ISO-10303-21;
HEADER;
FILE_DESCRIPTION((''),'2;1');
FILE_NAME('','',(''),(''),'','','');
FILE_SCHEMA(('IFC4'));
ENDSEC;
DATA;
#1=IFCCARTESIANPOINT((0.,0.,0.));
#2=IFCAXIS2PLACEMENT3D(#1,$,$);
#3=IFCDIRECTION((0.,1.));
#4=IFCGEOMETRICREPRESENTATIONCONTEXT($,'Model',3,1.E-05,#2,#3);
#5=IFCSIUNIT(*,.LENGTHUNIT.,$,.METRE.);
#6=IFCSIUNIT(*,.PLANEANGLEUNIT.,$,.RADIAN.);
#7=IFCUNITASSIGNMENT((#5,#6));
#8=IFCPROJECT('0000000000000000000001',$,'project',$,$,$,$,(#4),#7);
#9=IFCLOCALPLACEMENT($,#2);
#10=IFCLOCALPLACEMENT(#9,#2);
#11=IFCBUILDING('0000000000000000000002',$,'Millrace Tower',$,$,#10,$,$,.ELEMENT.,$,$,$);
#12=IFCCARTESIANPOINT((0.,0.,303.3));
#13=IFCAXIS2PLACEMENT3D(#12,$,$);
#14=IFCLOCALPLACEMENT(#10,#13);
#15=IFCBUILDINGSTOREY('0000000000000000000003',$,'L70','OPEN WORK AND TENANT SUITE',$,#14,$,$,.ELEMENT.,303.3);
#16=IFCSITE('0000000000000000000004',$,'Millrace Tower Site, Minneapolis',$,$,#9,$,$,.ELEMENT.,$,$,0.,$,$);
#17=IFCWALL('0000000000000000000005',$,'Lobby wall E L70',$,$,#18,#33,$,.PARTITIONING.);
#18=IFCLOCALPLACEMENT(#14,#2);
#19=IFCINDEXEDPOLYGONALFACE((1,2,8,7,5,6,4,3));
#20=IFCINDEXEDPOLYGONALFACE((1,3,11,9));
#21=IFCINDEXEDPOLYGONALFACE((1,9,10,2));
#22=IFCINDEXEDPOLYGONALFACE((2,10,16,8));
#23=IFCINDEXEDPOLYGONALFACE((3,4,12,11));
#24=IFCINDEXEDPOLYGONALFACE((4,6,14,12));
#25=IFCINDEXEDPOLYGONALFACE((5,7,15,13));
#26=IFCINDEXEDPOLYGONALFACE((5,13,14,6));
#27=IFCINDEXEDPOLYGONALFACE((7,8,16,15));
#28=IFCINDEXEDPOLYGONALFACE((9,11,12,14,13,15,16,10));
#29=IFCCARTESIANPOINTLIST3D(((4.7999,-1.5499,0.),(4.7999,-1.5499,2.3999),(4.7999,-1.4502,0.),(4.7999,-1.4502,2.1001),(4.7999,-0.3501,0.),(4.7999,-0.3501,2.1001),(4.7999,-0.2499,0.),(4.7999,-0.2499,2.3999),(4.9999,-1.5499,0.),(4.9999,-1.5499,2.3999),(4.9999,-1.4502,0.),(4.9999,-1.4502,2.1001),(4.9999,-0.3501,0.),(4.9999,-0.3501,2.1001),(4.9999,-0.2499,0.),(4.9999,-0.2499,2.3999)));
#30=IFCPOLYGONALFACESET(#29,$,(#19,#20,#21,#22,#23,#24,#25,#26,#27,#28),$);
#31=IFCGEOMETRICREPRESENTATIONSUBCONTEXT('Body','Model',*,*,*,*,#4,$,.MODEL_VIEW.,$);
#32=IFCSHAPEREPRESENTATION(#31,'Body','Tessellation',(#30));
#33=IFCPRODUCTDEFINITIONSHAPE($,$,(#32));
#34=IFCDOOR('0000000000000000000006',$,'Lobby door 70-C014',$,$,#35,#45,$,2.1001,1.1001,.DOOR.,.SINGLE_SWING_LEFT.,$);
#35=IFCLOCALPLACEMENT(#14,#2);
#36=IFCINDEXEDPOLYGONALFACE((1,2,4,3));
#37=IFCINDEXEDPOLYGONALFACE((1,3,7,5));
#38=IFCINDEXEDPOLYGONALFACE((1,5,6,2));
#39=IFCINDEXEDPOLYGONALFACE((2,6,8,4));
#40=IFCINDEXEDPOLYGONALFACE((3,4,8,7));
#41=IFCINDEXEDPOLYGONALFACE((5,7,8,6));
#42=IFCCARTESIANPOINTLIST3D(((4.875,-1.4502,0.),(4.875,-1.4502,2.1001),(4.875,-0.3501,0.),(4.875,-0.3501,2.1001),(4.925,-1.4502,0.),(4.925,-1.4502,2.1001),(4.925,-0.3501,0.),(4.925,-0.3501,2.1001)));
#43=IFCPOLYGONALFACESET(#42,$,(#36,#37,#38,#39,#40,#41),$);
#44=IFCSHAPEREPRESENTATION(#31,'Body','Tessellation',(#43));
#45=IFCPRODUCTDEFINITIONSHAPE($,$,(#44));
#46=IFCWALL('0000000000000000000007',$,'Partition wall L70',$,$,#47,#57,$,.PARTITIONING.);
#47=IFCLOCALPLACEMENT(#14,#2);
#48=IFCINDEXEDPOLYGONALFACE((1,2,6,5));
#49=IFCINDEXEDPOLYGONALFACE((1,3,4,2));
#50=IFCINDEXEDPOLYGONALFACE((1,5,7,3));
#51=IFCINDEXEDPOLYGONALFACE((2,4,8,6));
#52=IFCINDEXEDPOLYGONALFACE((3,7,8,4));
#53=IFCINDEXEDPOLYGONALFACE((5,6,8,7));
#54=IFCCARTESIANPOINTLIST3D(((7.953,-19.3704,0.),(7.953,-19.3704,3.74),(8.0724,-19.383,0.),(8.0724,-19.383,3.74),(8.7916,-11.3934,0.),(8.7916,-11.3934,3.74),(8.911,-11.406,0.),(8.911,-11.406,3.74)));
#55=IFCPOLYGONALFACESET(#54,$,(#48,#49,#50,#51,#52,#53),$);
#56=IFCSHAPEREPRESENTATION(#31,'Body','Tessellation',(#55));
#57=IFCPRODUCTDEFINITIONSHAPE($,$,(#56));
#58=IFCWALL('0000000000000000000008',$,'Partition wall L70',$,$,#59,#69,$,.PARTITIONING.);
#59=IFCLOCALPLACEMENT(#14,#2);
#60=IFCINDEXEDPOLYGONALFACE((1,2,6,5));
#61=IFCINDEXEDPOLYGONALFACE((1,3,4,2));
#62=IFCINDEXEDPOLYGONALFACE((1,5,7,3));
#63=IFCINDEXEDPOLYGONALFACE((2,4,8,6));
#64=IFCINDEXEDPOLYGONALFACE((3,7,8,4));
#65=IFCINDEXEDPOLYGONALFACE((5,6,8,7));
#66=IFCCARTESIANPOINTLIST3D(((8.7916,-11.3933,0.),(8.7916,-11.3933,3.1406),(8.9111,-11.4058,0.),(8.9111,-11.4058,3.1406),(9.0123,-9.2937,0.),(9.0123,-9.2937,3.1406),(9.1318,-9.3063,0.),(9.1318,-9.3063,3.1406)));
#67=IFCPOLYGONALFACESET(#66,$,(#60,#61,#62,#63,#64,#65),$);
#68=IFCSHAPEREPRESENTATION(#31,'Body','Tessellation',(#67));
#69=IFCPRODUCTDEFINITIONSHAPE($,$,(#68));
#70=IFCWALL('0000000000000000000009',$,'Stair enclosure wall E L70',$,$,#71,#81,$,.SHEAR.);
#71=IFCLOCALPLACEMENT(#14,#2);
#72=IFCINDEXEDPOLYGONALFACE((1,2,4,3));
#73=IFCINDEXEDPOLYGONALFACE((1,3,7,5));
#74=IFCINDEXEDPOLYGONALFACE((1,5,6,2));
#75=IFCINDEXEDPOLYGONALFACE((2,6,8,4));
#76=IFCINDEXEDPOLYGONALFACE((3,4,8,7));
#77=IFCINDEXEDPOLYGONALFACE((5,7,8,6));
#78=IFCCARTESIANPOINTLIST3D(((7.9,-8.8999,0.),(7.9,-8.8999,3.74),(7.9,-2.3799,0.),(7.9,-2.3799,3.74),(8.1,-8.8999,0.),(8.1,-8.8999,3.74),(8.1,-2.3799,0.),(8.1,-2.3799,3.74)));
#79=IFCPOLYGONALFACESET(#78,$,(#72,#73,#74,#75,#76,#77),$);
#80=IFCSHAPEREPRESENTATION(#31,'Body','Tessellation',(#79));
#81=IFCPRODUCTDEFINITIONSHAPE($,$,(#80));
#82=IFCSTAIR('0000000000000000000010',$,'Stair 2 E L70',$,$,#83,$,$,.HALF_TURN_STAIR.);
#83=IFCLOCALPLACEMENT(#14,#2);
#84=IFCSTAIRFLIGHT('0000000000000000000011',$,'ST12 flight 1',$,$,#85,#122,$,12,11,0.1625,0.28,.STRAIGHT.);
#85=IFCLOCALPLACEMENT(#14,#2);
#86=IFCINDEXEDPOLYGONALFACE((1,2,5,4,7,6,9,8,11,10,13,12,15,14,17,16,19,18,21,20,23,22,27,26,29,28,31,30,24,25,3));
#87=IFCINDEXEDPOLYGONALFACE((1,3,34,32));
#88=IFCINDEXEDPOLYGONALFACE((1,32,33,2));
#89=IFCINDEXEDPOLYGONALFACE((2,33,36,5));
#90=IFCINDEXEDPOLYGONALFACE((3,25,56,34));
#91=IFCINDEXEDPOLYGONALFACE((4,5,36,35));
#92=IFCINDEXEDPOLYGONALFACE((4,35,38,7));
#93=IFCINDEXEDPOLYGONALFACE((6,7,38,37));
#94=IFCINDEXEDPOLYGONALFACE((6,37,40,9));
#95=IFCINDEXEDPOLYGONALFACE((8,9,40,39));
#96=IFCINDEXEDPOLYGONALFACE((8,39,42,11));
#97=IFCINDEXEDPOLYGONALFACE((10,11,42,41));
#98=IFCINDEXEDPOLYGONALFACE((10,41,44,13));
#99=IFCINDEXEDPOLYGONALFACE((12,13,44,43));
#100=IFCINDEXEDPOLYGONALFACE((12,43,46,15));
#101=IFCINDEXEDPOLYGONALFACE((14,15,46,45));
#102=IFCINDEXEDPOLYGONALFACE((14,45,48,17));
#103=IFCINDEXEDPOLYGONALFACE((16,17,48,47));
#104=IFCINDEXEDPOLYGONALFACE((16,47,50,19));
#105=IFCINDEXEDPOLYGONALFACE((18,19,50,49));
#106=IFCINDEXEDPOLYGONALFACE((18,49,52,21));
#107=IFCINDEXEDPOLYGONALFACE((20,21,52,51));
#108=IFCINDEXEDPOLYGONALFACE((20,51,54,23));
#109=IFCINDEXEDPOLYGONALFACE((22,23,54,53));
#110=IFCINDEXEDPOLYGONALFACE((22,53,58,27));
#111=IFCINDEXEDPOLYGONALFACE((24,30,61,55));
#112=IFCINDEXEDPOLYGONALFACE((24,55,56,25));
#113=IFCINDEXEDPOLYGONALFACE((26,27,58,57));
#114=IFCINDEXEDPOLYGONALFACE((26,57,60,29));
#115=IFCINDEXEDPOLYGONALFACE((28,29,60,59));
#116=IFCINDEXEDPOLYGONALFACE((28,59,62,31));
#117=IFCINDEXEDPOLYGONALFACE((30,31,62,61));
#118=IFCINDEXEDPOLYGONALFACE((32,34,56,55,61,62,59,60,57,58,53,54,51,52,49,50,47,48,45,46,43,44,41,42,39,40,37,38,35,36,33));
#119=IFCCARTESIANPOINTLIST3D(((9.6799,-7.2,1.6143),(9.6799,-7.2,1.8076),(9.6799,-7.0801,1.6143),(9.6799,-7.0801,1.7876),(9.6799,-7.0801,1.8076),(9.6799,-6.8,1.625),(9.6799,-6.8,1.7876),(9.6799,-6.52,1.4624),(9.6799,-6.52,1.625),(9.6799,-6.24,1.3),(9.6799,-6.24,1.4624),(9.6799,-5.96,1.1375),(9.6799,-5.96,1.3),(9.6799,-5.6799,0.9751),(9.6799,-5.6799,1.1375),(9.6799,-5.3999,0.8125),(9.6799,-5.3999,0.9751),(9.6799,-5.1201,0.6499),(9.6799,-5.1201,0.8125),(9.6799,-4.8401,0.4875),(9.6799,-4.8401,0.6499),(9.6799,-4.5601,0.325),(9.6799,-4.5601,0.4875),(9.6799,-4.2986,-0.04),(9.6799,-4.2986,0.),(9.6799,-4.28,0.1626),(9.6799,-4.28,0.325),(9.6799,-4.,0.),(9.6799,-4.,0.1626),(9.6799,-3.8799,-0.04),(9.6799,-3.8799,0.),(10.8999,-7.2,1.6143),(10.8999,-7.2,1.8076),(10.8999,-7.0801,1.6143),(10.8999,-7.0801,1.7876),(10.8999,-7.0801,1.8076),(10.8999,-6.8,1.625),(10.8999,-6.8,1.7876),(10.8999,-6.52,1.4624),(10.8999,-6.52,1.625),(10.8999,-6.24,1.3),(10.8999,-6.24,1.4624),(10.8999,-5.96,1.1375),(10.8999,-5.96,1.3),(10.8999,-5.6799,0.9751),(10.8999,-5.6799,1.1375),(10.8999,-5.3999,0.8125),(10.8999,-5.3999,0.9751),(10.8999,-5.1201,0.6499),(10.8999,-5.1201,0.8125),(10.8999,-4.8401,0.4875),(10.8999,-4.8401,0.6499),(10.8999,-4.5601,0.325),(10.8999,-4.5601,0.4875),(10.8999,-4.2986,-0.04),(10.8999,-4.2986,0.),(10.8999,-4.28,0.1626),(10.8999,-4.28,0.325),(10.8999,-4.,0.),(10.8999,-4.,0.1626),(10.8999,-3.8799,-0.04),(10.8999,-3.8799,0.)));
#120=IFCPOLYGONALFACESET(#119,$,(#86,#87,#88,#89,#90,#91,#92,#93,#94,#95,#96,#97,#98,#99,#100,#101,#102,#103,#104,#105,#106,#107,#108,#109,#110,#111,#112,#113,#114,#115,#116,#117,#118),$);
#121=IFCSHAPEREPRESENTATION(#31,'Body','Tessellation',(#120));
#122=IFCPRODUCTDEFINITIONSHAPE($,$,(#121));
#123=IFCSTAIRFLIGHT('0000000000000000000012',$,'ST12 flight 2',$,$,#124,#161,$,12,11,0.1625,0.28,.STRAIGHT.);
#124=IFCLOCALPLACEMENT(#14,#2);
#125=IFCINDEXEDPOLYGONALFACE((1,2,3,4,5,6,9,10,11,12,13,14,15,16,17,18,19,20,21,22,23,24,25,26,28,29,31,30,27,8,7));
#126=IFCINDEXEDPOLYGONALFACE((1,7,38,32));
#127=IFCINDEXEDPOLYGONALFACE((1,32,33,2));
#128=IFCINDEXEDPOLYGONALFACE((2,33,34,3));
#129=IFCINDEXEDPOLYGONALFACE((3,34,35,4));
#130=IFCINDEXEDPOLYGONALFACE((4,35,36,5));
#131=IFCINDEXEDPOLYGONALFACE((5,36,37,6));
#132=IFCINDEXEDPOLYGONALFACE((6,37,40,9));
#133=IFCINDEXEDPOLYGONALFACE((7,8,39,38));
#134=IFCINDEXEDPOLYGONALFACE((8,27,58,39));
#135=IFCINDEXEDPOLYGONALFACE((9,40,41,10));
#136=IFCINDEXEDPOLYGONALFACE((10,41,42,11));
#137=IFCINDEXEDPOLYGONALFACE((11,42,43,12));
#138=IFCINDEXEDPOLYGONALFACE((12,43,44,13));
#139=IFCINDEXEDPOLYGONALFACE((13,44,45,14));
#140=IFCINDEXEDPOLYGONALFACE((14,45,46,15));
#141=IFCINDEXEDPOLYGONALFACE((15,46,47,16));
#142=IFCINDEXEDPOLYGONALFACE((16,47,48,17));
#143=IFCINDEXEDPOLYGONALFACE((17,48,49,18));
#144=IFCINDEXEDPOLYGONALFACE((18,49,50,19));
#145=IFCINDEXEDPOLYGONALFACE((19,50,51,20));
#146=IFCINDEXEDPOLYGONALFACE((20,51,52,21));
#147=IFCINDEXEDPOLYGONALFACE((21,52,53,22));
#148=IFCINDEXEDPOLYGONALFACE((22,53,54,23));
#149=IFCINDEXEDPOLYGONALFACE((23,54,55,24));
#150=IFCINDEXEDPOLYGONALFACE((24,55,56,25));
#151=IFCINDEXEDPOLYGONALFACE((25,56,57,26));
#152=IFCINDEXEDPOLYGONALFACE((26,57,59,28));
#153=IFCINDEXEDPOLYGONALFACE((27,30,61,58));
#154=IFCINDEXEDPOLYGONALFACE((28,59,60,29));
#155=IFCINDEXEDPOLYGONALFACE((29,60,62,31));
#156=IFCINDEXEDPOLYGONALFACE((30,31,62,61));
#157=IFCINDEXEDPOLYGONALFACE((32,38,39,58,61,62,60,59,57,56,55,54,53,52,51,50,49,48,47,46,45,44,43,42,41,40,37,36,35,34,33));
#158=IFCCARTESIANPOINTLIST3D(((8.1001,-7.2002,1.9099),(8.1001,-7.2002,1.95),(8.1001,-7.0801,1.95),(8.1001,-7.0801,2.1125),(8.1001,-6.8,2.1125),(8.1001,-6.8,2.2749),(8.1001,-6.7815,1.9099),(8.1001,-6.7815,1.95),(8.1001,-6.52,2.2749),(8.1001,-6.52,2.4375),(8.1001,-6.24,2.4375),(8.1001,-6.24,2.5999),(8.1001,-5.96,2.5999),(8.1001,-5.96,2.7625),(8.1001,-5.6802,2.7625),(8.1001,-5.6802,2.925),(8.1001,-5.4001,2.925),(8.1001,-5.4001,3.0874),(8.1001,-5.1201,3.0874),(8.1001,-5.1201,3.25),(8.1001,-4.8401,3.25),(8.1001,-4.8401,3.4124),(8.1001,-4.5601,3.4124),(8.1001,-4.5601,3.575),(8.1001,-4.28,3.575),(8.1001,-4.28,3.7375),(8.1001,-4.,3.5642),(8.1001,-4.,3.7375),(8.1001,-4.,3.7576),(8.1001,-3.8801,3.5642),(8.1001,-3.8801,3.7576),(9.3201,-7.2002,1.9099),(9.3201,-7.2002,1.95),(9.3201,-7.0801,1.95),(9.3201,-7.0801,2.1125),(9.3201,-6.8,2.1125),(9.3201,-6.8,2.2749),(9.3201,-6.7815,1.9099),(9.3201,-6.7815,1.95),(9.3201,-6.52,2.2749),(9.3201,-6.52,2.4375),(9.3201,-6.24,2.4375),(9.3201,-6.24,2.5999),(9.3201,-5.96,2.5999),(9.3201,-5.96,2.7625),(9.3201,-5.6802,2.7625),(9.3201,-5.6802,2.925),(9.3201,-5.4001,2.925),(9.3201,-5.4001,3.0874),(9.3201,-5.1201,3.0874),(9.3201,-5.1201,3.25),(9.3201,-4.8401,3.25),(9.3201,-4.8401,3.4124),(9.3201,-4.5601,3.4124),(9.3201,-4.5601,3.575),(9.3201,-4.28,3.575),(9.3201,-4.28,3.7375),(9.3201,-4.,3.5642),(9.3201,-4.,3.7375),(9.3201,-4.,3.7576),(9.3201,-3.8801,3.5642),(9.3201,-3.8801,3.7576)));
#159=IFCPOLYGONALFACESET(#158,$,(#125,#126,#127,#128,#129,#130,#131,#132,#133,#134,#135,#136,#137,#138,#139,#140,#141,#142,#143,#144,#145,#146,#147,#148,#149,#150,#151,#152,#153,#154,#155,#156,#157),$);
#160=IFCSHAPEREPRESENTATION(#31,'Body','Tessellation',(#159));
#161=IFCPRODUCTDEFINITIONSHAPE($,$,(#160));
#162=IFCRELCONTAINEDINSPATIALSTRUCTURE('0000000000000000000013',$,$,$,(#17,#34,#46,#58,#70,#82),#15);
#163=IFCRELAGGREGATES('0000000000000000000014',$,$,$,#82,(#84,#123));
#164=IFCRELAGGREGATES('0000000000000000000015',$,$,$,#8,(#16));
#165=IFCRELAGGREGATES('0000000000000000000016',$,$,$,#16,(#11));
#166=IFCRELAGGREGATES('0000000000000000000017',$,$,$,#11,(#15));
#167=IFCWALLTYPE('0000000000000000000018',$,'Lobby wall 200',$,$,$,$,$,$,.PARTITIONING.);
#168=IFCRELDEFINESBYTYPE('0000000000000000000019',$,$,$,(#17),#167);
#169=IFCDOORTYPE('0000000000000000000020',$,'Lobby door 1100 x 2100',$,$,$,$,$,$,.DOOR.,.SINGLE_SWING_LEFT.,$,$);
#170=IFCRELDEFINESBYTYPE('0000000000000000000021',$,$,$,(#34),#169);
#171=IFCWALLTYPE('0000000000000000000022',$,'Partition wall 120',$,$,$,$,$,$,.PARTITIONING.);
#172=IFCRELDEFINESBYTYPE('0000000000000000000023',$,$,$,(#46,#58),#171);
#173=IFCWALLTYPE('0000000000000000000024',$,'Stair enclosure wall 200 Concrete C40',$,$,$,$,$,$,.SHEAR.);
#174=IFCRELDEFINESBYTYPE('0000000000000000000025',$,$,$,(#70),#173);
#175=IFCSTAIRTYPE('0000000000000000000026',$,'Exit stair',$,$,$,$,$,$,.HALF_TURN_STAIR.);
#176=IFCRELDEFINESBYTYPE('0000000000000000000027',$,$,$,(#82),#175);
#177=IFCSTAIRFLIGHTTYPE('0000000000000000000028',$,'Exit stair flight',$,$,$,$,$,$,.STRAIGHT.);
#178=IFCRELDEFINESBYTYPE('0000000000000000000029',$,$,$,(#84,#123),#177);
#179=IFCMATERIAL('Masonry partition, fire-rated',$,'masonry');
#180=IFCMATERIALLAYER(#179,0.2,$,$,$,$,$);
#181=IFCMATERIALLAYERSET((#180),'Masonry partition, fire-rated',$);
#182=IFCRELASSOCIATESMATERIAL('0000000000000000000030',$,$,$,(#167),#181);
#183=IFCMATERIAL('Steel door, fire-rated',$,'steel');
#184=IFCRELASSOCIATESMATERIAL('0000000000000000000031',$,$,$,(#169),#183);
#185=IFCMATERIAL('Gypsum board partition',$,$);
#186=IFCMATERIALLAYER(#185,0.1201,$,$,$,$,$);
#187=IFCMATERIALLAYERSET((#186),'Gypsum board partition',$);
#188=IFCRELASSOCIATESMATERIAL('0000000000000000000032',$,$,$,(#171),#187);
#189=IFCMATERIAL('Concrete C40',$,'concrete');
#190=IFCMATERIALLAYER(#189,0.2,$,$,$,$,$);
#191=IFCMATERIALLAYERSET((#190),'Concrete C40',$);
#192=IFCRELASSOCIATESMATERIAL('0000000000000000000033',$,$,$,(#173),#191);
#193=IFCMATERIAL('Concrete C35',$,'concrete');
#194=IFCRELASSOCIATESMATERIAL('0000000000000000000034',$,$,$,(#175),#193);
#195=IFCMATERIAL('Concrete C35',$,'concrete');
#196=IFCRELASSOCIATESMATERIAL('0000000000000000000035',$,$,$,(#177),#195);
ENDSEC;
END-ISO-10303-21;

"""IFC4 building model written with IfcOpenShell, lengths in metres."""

from ifc_helpers import new_model, si_unit, direction, frame, frame_2d, origin, place, context, subcontext, project, spatial, polyline, rectangle, outline, extrude, material, layer, layer_set, type_object, element, fill, aggregate, save


model = new_model("IFC4")

# Units and contexts
model_context = context("Model", 3, precision=1e-05, world=origin(), true_north=direction((0.0, 1.0)))
body_context = subcontext(model_context, "Body", "Model", "MODEL_VIEW")
ifc_project = project(units=[si_unit("LENGTHUNIT", "METRE"), si_unit("PLANEANGLEUNIT", "RADIAN")], contexts=[model_context])

# Site, building, storey
site_placement = place(None, origin())
site = spatial("IfcSite", under=ifc_project, at=site_placement, Name="Millrace Tower Site, Minneapolis", CompositionType="ELEMENT", RefElevation=0.0)
building_placement = place(site_placement, origin())
building = spatial("IfcBuilding", under=site, at=building_placement, Name="Millrace Tower", CompositionType="ELEMENT")
storey_placement = place(building_placement, frame((0.0, 0.0, 303.3)))
storey = spatial("IfcBuildingStorey", under=building, at=storey_placement, Name="L70", Description="OPEN WORK AND TENANT SUITE", CompositionType="ELEMENT", Elevation=303.3)

# Shared definitions
placement = place(storey_placement, origin())

# Wall, opening, door
ifc_material_1 = material(Name="Masonry partition, fire-rated", Category="masonry")
ifc_layer_1 = layer(ifc_material_1, 0.2)
ifc_layer_set_1 = layer_set([ifc_layer_1], Name="Masonry partition, fire-rated")
wall_type_1 = type_object("IfcWallType", Name="Lobby wall 200", PredefinedType="PARTITIONING", material=ifc_layer_set_1)
wall_1_placement = place(storey_placement, frame((4.8999, -0.25, 0.0), z_axis=(0.0, 0.0, 1.0), x_axis=(0.0, -1.0, 0.0)))
wall_1 = element("IfcWall", 1, at=wall_1_placement, inside=storey, type_object=wall_type_1, Name="Lobby wall E L70", PredefinedType="PARTITIONING", context=body_context, shape_type="SweptSolid", body=[
    extrude(rectangle(XDim=1.3, YDim=0.2, at=frame_2d((0.6499, 0.0))), origin(), (0.0, 0.0, 1.0), 2.3999),
])
opening_placement = place(wall_1_placement, frame((0.1001, 0.0, 0.0)))
opening = element("IfcOpeningElement", 2, at=opening_placement, cuts=wall_1, PredefinedType="OPENING", context=body_context, shape_type="SweptSolid", body=[
    extrude(rectangle(XDim=1.1001, YDim=2.1001, at=frame_2d((0.55, 1.05))), frame((0.0, 0.1099, 0.0), z_axis=(0.0, -1.0, 0.0), x_axis=(1.0, 0.0, 0.0)), (0.0, 0.0, 1.0), 0.22),
])
ifc_material_2 = material(Name="Steel door, fire-rated", Category="steel")
door_type = type_object("IfcDoorType", Name="Lobby door 1100 x 2100", OperationType="SINGLE_SWING_LEFT", PredefinedType="DOOR", material=ifc_material_2)
door_placement = place(opening_placement, frame((1.1001, 0.0, 0.0), z_axis=(0.0, 0.0, 1.0), x_axis=(-1.0, 0.0, 0.0)))
door = element("IfcDoor", 3, at=door_placement, inside=storey, type_object=door_type, Name="Lobby door 70-C014", OperationType="SINGLE_SWING_LEFT", OverallHeight=2.1001, OverallWidth=1.1001, PredefinedType="DOOR", context=body_context, shape_type="SweptSolid", body=[
    extrude(rectangle(XDim=1.1001, YDim=2.1001, at=frame_2d((0.55, 1.05))), frame((0.0, 0.0249, 0.0), z_axis=(0.0, -1.0, 0.0), x_axis=(1.0, 0.0, 0.0)), (0.0, 0.0, 1.0), 0.05),
])
fill(opening, door)

# Walls
ifc_material_3 = material(Name="Gypsum board partition")
ifc_layer_2 = layer(ifc_material_3, 0.1201)
ifc_layer_set_2 = layer_set([ifc_layer_2], Name="Gypsum board partition")
wall_type_2 = type_object("IfcWallType", Name="Partition wall 120", PredefinedType="PARTITIONING", material=ifc_layer_set_2)
wall_2_placement = place(storey_placement, frame((8.0127, -19.3767, 0.0), z_axis=(0.0, 0.0, 1.0), x_axis=(0.104553, 0.994519, 0.0)))
element("IfcWall", 4, at=wall_2_placement, inside=storey, type_object=wall_type_2, Name="Partition wall L70", PredefinedType="PARTITIONING", context=body_context, shape_type="SweptSolid", body=[
    extrude(rectangle(XDim=8.021, YDim=0.1201, at=frame_2d((4.0105, 0.0))), origin(), (0.0, 0.0, 1.0), 3.74),
])
wall_3_placement = place(storey_placement, frame((8.8513, -11.3997, 0.0), z_axis=(0.0, 0.0, 1.0), x_axis=(0.10454, 0.994521, 0.0)))
element("IfcWall", 5, at=wall_3_placement, inside=storey, type_object=wall_type_2, Name="Partition wall L70", PredefinedType="PARTITIONING", context=body_context, shape_type="SweptSolid", body=[
    extrude(rectangle(XDim=2.1111, YDim=0.1201, at=frame_2d((1.0557, 0.0))), origin(), (0.0, 0.0, 1.0), 3.1406),
])
ifc_material_4 = material(Name="Concrete C40", Category="concrete")
ifc_layer_3 = layer(ifc_material_4, 0.2)
ifc_layer_set_3 = layer_set([ifc_layer_3], Name="Concrete C40")
wall_type_3 = type_object("IfcWallType", Name="Stair enclosure wall 200 Concrete C40", PredefinedType="SHEAR", material=ifc_layer_set_3)
wall_4_placement = place(storey_placement, frame((8.0, -2.3799, 0.0), z_axis=(0.0, 0.0, 1.0), x_axis=(0.0, -1.0, 0.0)))
element("IfcWall", 6, at=wall_4_placement, inside=storey, type_object=wall_type_3, Name="Stair enclosure wall E L70", PredefinedType="SHEAR", context=body_context, shape_type="SweptSolid", body=[
    extrude(rectangle(XDim=6.52, YDim=0.2, at=frame_2d((3.26, 0.0))), origin(), (0.0, 0.0, 1.0), 3.74),
])

# Stair, stair flights
ifc_material_5 = material(Name="Concrete C35", Category="concrete")
stair_type = type_object("IfcStairType", Name="Exit stair", PredefinedType="HALF_TURN_STAIR", material=ifc_material_5)
stair_1 = element("IfcStair", 7, at=placement, inside=storey, type_object=stair_type, Name="Stair 2 E L70", PredefinedType="HALF_TURN_STAIR")
ifc_material_6 = material(Name="Concrete C35", Category="concrete")
stair_flight_type = type_object("IfcStairFlightType", Name="Exit stair flight", PredefinedType="STRAIGHT", material=ifc_material_6)
stair_flight_1_placement = place(storey_placement, frame((10.29, -4.0, 0.0), z_axis=(0.0, 0.0, 1.0), x_axis=(0.0, -1.0, 0.0)))
stair_flight_1 = element("IfcStairFlight", 8, at=stair_flight_1_placement, type_object=stair_flight_type, Name="ST12 flight 1", NumberOfRisers=12, NumberOfTreads=11, PredefinedType="STRAIGHT", RiserHeight=0.1625, TreadLength=0.28, context=body_context, shape_type="SweptSolid", body=[
    extrude(outline(polyline([(-0.1201, -0.04), (-0.1201, 0.0), (0.0, 0.0), (0.0, 0.1626), (0.28, 0.1626), (0.28, 0.325), (0.5601, 0.325), (0.5601, 0.4875), (0.8401, 0.4875), (0.8401, 0.6499), (1.1201, 0.6499), (1.1201, 0.8125), (1.3999, 0.8125), (1.3999, 0.9751), (1.6799, 0.9751), (1.6799, 1.1375), (1.96, 1.1375), (1.96, 1.3), (2.24, 1.3), (2.24, 1.4624), (2.52, 1.4624), (2.52, 1.625), (2.8, 1.625), (2.8, 1.7876), (3.0801, 1.7876), (3.0801, 1.8076), (3.2, 1.8076), (3.2, 1.6143), (3.0801, 1.6143), (0.2986, 0.0), (0.2986, -0.04), (-0.1201, -0.04)])), frame((0.0, 0.6099, 0.0), z_axis=(0.0, -1.0, 0.0), x_axis=(1.0, 0.0, 0.0)), (0.0, 0.0, 1.0), 1.22),
])
stair_flight_2_placement = place(storey_placement, frame((8.71, -7.0801, 1.95), z_axis=(0.0, 0.0, 1.0), x_axis=(0.0, 1.0, 0.0)))
stair_flight_2 = element("IfcStairFlight", 9, at=stair_flight_2_placement, type_object=stair_flight_type, Name="ST12 flight 2", NumberOfRisers=12, NumberOfTreads=11, PredefinedType="STRAIGHT", RiserHeight=0.1625, TreadLength=0.28, context=body_context, shape_type="SweptSolid", body=[
    extrude(outline(polyline([(-0.1201, -0.04), (-0.1201, 0.0), (0.0, 0.0), (0.0, 0.1626), (0.28, 0.1626), (0.28, 0.325), (0.5601, 0.325), (0.5601, 0.4875), (0.8401, 0.4875), (0.8401, 0.6499), (1.1201, 0.6499), (1.1201, 0.8125), (1.3999, 0.8125), (1.3999, 0.9751), (1.6799, 0.9751), (1.6799, 1.1375), (1.96, 1.1375), (1.96, 1.3), (2.24, 1.3), (2.24, 1.4624), (2.52, 1.4624), (2.52, 1.625), (2.8, 1.625), (2.8, 1.7876), (3.0801, 1.7876), (3.0801, 1.8076), (3.2, 1.8076), (3.2, 1.6143), (3.0801, 1.6143), (0.2986, 0.0), (0.2986, -0.04), (-0.1201, -0.04)])), frame((0.0, 0.6099, 0.0), z_axis=(0.0, -1.0, 0.0), x_axis=(1.0, 0.0, 0.0)), (0.0, 0.0, 1.0), 1.22),
])
aggregate(stair_1, [stair_flight_1, stair_flight_2])

save(model, "model.ifc")
